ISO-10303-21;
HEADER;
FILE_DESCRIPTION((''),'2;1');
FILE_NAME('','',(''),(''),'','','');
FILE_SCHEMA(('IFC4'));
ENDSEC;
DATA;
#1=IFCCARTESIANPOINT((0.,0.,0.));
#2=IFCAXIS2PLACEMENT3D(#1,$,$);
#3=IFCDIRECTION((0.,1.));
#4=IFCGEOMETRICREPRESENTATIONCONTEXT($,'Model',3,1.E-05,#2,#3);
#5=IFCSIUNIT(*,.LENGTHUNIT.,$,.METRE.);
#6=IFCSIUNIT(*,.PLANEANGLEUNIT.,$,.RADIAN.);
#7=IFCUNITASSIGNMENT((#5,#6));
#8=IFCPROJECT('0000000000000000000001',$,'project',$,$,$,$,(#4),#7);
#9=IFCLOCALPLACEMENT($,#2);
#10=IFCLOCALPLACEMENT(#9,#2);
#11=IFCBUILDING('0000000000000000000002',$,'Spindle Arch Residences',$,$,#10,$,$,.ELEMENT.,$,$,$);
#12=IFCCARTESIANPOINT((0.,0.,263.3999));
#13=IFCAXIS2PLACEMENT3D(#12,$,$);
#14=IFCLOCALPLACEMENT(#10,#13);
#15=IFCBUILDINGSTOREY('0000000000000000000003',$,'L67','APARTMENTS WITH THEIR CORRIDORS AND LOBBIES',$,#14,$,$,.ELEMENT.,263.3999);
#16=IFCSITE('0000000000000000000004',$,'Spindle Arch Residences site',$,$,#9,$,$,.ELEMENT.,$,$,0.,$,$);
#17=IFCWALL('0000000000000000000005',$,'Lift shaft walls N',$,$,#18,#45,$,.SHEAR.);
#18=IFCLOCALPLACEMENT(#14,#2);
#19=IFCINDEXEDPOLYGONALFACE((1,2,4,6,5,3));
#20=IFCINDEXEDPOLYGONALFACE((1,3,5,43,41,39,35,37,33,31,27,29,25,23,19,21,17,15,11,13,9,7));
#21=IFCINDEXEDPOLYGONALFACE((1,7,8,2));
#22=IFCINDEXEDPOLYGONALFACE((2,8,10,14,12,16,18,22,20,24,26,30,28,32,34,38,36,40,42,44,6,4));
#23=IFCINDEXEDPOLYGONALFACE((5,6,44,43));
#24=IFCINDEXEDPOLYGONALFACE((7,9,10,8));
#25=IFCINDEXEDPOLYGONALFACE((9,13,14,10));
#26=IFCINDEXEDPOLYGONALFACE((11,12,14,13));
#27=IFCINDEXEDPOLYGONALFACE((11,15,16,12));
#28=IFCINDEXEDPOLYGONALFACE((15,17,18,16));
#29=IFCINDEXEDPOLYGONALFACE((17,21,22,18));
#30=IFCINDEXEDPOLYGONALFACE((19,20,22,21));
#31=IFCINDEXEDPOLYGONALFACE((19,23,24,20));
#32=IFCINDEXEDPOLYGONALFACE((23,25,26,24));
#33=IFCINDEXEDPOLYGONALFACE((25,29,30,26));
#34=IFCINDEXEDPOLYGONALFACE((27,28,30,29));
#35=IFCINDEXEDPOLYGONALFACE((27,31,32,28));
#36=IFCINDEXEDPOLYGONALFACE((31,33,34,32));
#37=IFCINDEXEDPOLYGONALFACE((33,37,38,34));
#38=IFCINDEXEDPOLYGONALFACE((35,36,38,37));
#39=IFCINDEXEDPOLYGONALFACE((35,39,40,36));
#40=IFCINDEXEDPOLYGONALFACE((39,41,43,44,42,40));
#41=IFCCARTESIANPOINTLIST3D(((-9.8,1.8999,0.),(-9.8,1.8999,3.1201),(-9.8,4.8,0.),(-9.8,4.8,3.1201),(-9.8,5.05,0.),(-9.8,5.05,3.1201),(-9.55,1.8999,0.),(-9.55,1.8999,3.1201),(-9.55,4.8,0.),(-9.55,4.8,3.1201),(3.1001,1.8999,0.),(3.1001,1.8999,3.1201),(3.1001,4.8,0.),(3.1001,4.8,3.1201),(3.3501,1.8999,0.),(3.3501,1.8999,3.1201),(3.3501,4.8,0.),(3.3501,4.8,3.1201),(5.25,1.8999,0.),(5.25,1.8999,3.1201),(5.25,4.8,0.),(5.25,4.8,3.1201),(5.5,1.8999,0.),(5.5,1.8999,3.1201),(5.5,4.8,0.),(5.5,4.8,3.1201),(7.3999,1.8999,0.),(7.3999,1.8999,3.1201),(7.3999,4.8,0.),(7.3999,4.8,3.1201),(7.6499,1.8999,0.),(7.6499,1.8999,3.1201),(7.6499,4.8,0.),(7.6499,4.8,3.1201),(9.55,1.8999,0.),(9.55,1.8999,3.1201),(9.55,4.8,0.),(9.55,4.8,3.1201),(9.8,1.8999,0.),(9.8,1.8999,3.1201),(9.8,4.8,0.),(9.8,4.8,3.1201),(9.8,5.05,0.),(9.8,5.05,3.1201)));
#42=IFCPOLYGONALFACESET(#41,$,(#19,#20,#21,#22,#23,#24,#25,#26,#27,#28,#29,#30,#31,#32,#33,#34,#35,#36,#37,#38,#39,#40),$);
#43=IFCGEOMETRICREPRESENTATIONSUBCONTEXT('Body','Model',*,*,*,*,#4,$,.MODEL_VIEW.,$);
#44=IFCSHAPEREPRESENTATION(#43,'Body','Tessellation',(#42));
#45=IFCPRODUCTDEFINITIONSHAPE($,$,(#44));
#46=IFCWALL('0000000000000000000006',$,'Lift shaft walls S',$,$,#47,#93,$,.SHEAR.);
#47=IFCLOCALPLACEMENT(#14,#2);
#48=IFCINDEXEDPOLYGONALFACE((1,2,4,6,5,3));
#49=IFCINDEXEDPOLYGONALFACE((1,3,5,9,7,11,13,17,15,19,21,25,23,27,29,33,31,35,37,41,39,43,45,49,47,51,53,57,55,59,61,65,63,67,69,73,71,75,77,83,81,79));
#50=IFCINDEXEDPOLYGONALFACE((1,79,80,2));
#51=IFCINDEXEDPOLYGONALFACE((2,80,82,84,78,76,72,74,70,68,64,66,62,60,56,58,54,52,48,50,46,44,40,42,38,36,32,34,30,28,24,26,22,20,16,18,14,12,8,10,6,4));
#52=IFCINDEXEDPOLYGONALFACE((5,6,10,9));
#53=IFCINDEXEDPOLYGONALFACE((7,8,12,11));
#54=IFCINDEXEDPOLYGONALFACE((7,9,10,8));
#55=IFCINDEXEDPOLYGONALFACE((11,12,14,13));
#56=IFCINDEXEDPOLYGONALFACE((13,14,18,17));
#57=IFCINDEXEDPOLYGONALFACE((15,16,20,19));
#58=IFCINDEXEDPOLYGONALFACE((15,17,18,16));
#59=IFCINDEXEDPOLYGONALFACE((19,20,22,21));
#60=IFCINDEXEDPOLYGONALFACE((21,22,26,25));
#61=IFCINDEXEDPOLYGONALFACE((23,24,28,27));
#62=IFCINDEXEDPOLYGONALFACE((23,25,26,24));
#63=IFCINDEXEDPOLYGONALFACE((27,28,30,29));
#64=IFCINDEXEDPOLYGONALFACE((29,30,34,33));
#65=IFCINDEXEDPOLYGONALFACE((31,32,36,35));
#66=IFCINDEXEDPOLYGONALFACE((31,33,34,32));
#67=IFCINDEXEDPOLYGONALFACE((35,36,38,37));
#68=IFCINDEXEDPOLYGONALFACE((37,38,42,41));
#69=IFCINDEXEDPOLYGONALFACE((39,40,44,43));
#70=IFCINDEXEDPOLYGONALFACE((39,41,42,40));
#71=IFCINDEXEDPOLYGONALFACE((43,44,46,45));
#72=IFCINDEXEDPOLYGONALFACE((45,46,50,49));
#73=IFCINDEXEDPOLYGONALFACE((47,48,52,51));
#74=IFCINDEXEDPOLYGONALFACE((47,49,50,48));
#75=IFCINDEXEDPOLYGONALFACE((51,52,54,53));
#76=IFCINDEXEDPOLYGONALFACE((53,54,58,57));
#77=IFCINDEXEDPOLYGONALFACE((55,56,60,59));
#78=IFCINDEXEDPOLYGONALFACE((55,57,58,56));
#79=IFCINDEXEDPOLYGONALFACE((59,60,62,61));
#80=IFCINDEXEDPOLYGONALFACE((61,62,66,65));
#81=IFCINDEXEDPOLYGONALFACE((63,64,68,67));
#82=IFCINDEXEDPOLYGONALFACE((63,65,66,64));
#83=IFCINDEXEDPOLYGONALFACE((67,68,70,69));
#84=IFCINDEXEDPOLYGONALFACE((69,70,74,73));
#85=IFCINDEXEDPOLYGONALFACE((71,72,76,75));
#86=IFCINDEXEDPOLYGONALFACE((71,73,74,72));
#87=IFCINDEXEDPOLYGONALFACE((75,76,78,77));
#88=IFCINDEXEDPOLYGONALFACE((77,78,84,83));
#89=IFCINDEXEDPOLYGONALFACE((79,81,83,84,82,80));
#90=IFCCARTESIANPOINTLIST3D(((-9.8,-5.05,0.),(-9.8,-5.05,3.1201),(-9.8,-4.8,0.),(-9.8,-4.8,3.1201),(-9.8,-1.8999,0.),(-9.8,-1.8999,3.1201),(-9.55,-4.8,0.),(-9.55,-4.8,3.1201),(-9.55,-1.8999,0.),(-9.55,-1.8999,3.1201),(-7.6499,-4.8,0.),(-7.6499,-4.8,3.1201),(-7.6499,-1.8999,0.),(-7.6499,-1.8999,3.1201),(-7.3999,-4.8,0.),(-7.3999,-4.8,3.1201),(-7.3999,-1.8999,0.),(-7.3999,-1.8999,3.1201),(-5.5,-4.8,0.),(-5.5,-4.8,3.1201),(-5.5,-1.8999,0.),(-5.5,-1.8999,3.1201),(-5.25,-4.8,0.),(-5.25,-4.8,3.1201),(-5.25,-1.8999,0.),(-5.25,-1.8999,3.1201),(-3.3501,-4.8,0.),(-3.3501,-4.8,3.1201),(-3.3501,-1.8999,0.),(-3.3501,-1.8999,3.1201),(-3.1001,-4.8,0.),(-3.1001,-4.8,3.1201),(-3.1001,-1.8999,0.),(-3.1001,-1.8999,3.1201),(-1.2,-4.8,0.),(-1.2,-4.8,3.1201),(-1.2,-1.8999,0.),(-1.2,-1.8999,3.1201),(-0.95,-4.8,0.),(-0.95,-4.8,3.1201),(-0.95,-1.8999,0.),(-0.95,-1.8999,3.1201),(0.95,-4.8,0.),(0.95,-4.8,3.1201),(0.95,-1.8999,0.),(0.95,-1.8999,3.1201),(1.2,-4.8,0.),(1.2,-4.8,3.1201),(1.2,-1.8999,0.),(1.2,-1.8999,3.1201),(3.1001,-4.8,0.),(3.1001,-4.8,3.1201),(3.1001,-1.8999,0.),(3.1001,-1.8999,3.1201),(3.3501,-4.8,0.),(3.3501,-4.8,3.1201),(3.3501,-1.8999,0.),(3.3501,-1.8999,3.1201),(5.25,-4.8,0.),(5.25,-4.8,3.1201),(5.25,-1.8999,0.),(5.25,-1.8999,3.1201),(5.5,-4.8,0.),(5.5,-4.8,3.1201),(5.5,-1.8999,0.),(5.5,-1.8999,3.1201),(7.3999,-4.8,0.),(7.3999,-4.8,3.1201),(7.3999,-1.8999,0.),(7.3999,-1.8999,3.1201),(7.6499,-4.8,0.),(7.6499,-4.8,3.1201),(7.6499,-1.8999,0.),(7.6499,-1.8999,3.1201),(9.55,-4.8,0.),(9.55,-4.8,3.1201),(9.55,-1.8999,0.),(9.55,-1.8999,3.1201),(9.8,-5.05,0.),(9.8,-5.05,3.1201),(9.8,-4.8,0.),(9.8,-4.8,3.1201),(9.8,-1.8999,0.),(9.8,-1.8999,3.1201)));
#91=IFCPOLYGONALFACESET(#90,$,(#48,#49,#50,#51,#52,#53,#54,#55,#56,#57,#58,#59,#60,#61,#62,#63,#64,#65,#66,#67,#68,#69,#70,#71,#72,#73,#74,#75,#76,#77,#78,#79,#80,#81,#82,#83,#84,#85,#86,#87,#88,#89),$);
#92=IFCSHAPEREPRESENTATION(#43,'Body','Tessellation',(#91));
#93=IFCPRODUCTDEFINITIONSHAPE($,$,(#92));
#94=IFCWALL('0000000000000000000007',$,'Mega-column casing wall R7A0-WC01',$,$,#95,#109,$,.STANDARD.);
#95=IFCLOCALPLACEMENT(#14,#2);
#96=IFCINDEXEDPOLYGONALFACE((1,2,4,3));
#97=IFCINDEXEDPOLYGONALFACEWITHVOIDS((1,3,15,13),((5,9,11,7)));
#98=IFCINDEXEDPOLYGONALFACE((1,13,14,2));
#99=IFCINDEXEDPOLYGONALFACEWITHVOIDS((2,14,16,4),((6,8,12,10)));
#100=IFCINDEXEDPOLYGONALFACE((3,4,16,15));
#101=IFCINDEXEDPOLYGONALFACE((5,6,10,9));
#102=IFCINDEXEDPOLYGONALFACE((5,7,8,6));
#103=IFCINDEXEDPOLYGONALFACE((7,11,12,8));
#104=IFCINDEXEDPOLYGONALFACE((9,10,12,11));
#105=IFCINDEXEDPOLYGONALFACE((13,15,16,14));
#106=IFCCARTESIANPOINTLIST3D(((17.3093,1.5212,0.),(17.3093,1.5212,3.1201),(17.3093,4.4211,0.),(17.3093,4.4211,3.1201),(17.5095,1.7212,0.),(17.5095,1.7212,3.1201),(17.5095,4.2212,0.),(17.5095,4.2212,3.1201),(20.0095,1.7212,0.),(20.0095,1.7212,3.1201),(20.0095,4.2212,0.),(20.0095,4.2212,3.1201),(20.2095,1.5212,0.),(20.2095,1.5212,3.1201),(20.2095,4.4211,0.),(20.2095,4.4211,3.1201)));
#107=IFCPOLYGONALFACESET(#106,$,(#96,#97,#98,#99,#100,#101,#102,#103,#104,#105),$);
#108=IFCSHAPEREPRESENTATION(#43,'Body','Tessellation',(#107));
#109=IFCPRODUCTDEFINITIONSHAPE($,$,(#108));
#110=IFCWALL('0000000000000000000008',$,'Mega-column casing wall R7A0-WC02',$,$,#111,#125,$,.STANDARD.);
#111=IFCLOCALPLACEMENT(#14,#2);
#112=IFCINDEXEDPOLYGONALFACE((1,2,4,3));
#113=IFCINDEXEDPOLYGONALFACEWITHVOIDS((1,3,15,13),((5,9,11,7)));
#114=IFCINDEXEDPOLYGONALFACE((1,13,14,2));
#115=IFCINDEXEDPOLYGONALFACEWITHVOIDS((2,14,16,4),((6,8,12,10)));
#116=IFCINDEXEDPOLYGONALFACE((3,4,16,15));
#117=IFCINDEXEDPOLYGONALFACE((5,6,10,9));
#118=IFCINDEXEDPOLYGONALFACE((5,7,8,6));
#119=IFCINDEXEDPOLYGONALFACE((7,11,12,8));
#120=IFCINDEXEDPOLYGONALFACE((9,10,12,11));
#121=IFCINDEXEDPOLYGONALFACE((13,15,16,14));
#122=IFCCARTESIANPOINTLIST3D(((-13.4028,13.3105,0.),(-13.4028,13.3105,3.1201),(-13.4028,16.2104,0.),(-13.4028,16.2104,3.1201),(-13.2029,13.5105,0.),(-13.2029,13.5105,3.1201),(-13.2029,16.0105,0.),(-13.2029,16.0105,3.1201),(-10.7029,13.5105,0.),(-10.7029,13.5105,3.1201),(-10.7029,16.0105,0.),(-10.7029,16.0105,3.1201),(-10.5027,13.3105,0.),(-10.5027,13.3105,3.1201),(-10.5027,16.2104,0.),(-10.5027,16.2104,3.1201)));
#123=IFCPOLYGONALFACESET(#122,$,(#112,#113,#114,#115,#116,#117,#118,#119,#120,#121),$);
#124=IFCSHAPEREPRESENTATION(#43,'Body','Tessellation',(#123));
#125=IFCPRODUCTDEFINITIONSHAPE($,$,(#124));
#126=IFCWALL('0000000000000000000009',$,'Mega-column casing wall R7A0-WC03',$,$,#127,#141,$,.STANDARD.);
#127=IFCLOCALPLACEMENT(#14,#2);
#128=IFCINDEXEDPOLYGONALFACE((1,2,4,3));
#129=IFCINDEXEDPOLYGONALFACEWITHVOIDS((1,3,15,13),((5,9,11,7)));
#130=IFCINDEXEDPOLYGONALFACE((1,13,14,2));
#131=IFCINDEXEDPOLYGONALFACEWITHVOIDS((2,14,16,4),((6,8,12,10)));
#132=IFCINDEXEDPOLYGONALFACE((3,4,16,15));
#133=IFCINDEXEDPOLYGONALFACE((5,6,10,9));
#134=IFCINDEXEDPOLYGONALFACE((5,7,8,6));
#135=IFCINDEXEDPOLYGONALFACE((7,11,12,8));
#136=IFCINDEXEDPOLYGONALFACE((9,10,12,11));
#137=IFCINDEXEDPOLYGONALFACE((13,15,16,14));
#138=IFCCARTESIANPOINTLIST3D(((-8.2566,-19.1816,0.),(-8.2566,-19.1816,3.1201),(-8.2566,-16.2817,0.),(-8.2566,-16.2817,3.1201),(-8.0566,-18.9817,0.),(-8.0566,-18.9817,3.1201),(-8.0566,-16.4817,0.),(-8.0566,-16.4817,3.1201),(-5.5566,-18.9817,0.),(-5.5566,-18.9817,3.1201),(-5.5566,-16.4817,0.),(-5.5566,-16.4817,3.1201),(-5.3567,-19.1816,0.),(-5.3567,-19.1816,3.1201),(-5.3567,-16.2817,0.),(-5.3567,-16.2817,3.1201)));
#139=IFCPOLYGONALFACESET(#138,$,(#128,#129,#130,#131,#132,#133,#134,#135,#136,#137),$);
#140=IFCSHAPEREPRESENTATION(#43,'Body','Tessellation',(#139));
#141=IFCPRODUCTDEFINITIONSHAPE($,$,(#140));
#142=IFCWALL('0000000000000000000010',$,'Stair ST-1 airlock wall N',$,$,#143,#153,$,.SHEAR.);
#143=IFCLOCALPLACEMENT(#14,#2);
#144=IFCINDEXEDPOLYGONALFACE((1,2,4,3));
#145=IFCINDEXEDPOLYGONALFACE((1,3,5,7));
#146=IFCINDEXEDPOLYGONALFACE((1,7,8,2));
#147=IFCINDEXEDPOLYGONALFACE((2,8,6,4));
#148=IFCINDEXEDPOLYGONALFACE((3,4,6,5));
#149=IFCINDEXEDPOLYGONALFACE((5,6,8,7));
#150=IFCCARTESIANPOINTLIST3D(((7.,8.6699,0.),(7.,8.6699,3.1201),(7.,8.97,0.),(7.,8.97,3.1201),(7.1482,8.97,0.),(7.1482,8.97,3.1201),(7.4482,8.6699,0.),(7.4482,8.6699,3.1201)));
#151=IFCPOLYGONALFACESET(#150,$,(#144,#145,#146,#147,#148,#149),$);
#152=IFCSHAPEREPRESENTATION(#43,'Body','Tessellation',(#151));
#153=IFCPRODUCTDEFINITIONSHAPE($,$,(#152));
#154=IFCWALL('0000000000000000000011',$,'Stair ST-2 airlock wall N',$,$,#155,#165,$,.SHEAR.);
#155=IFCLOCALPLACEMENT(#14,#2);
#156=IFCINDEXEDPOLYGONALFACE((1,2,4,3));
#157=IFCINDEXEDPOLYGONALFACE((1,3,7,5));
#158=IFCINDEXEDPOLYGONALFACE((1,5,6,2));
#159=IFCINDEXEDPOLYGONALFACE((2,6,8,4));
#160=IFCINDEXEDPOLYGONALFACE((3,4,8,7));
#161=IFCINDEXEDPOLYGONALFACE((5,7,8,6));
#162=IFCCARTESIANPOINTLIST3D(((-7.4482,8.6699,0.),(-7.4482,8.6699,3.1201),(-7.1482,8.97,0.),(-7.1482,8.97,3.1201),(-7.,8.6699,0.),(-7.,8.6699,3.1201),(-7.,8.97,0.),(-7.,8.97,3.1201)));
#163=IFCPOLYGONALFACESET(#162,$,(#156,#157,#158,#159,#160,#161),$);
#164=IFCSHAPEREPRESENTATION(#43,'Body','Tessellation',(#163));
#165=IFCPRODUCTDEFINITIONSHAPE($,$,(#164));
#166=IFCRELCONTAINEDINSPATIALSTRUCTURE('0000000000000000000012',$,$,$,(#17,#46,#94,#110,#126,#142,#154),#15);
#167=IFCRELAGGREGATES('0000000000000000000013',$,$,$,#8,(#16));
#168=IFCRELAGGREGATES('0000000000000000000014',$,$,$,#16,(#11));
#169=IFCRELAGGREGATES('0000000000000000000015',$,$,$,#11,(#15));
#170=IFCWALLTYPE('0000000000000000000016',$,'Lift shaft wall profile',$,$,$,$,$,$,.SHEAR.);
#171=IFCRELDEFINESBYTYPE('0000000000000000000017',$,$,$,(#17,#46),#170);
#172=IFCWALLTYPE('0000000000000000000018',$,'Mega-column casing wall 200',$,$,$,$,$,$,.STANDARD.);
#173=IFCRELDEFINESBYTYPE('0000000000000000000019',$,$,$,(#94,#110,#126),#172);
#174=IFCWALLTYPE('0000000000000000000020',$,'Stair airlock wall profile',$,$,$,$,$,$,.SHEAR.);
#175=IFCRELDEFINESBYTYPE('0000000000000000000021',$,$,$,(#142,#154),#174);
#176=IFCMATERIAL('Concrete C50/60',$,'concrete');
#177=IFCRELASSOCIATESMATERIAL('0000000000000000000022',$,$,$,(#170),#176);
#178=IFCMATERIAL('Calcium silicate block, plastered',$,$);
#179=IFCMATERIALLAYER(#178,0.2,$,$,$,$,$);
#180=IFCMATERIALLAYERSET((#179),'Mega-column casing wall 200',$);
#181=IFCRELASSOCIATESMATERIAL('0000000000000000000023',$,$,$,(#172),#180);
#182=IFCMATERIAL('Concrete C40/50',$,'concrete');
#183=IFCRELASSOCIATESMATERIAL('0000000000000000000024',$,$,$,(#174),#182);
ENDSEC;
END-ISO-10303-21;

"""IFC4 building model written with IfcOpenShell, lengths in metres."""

from ifc_helpers import new_model, si_unit, direction, frame, origin, place, context, subcontext, project, spatial, polyline, outline, extrude, material, layer, layer_set, type_object, element, save


model = new_model("IFC4")

# Units and contexts
model_context = context("Model", 3, precision=1e-05, world=origin(), true_north=direction((0.0, 1.0)))
body_context = subcontext(model_context, "Body", "Model", "MODEL_VIEW")
ifc_project = project(units=[si_unit("LENGTHUNIT", "METRE"), si_unit("PLANEANGLEUNIT", "RADIAN")], contexts=[model_context])

# Site, building, storey
site_placement = place(None, origin())
site = spatial("IfcSite", under=ifc_project, at=site_placement, Name="Spindle Arch Residences site", CompositionType="ELEMENT", RefElevation=0.0)
building_placement = place(site_placement, origin())
building = spatial("IfcBuilding", under=site, at=building_placement, Name="Spindle Arch Residences", CompositionType="ELEMENT")
storey_placement = place(building_placement, frame((0.0, 0.0, 263.3999)))
storey = spatial("IfcBuildingStorey", under=building, at=storey_placement, Name="L67", Description="APARTMENTS WITH THEIR CORRIDORS AND LOBBIES", CompositionType="ELEMENT", Elevation=263.3999)

# Walls
ifc_material_1 = material(Name="Concrete C50/60", Category="concrete")
wall_type_1 = type_object("IfcWallType", Name="Lift shaft wall profile", PredefinedType="SHEAR", material=ifc_material_1)
wall_1_placement = place(storey_placement, origin())
element("IfcWall", 1, at=wall_1_placement, inside=storey, type_object=wall_type_1, Name="Lift shaft walls N", PredefinedType="SHEAR", context=body_context, shape_type="SweptSolid", body=[
    extrude(outline(polyline([(-9.8, 1.8999), (-9.55, 1.8999), (-9.55, 4.8), (3.1001, 4.8), (3.1001, 1.8999), (3.3501, 1.8999), (3.3501, 4.8), (5.25, 4.8), (5.25, 1.8999), (5.5, 1.8999), (5.5, 4.8), (7.3999, 4.8), (7.3999, 1.8999), (7.6499, 1.8999), (7.6499, 4.8), (9.55, 4.8), (9.55, 1.8999), (9.8, 1.8999), (9.8, 4.8), (9.8, 5.05), (-9.8, 5.05), (-9.8, 4.8), (-9.8, 1.8999)])), origin(), (0.0, 0.0, 1.0), 3.1201),
])
wall_2_placement = place(storey_placement, origin())
element("IfcWall", 2, at=wall_2_placement, inside=storey, type_object=wall_type_1, Name="Lift shaft walls S", PredefinedType="SHEAR", context=body_context, shape_type="SweptSolid", body=[
    extrude(outline(polyline([(9.8, -5.05), (9.8, -4.8), (9.8, -1.8999), (9.55, -1.8999), (9.55, -4.8), (7.6499, -4.8), (7.6499, -1.8999), (7.3999, -1.8999), (7.3999, -4.8), (5.5, -4.8), (5.5, -1.8999), (5.25, -1.8999), (5.25, -4.8), (3.3501, -4.8), (3.3501, -1.8999), (3.1001, -1.8999), (3.1001, -4.8), (1.2, -4.8), (1.2, -1.8999), (0.95, -1.8999), (0.95, -4.8), (-0.95, -4.8), (-0.95, -1.8999), (-1.2, -1.8999), (-1.2, -4.8), (-3.1001, -4.8), (-3.1001, -1.8999), (-3.3501, -1.8999), (-3.3501, -4.8), (-5.25, -4.8), (-5.25, -1.8999), (-5.5, -1.8999), (-5.5, -4.8), (-7.3999, -4.8), (-7.3999, -1.8999), (-7.6499, -1.8999), (-7.6499, -4.8), (-9.55, -4.8), (-9.55, -1.8999), (-9.8, -1.8999), (-9.8, -4.8), (-9.8, -5.05), (9.8, -5.05)])), origin(), (0.0, 0.0, 1.0), 3.1201),
])
ifc_material_2 = material(Name="Calcium silicate block, plastered")
ifc_layer_1 = layer(ifc_material_2, 0.2)
ifc_layer_set_1 = layer_set([ifc_layer_1], Name="Mega-column casing wall 200")
wall_type_2 = type_object("IfcWallType", Name="Mega-column casing wall 200", PredefinedType="STANDARD", material=ifc_layer_set_1)
wall_3_placement = place(storey_placement, origin())
element("IfcWall", 3, at=wall_3_placement, inside=storey, type_object=wall_type_2, Name="Mega-column casing wall R7A0-WC01", PredefinedType="STANDARD", context=body_context, shape_type="SweptSolid", body=[
    extrude(outline(polyline([(20.2095, 4.4211), (20.2095, 1.5212), (17.3093, 1.5212), (17.3093, 4.4211), (20.2095, 4.4211)]), holes=[polyline([(17.5095, 1.7212), (20.0095, 1.7212), (20.0095, 4.2212), (17.5095, 4.2212), (17.5095, 1.7212)])]), origin(), (0.0, 0.0, 1.0), 3.1201),
])
wall_4_placement = place(storey_placement, origin())
element("IfcWall", 4, at=wall_4_placement, inside=storey, type_object=wall_type_2, Name="Mega-column casing wall R7A0-WC02", PredefinedType="STANDARD", context=body_context, shape_type="SweptSolid", body=[
    extrude(outline(polyline([(-10.5027, 16.2104), (-10.5027, 13.3105), (-13.4028, 13.3105), (-13.4028, 16.2104), (-10.5027, 16.2104)]), holes=[polyline([(-13.2029, 13.5105), (-10.7029, 13.5105), (-10.7029, 16.0105), (-13.2029, 16.0105), (-13.2029, 13.5105)])]), origin(), (0.0, 0.0, 1.0), 3.1201),
])
wall_5_placement = place(storey_placement, origin())
element("IfcWall", 5, at=wall_5_placement, inside=storey, type_object=wall_type_2, Name="Mega-column casing wall R7A0-WC03", PredefinedType="STANDARD", context=body_context, shape_type="SweptSolid", body=[
    extrude(outline(polyline([(-5.3567, -16.2817), (-5.3567, -19.1816), (-8.2566, -19.1816), (-8.2566, -16.2817), (-5.3567, -16.2817)]), holes=[polyline([(-8.0566, -18.9817), (-5.5566, -18.9817), (-5.5566, -16.4817), (-8.0566, -16.4817), (-8.0566, -18.9817)])]), origin(), (0.0, 0.0, 1.0), 3.1201),
])
ifc_material_3 = material(Name="Concrete C40/50", Category="concrete")
wall_type_3 = type_object("IfcWallType", Name="Stair airlock wall profile", PredefinedType="SHEAR", material=ifc_material_3)
wall_6_placement = place(storey_placement, origin())
element("IfcWall", 6, at=wall_6_placement, inside=storey, type_object=wall_type_3, Name="Stair ST-1 airlock wall N", PredefinedType="SHEAR", context=body_context, shape_type="SweptSolid", body=[
    extrude(outline(polyline([(7.4482, 8.6699), (7.0, 8.6699), (7.0, 8.97), (7.1482, 8.97), (7.4482, 8.6699)])), origin(), (0.0, 0.0, 1.0), 3.1201),
])
wall_7_placement = place(storey_placement, origin())
element("IfcWall", 7, at=wall_7_placement, inside=storey, type_object=wall_type_3, Name="Stair ST-2 airlock wall N", PredefinedType="SHEAR", context=body_context, shape_type="SweptSolid", body=[
    extrude(outline(polyline([(-7.1482, 8.97), (-7.0, 8.97), (-7.0, 8.6699), (-7.4482, 8.6699), (-7.1482, 8.97)])), origin(), (0.0, 0.0, 1.0), 3.1201),
])

save(model, "model.ifc")
